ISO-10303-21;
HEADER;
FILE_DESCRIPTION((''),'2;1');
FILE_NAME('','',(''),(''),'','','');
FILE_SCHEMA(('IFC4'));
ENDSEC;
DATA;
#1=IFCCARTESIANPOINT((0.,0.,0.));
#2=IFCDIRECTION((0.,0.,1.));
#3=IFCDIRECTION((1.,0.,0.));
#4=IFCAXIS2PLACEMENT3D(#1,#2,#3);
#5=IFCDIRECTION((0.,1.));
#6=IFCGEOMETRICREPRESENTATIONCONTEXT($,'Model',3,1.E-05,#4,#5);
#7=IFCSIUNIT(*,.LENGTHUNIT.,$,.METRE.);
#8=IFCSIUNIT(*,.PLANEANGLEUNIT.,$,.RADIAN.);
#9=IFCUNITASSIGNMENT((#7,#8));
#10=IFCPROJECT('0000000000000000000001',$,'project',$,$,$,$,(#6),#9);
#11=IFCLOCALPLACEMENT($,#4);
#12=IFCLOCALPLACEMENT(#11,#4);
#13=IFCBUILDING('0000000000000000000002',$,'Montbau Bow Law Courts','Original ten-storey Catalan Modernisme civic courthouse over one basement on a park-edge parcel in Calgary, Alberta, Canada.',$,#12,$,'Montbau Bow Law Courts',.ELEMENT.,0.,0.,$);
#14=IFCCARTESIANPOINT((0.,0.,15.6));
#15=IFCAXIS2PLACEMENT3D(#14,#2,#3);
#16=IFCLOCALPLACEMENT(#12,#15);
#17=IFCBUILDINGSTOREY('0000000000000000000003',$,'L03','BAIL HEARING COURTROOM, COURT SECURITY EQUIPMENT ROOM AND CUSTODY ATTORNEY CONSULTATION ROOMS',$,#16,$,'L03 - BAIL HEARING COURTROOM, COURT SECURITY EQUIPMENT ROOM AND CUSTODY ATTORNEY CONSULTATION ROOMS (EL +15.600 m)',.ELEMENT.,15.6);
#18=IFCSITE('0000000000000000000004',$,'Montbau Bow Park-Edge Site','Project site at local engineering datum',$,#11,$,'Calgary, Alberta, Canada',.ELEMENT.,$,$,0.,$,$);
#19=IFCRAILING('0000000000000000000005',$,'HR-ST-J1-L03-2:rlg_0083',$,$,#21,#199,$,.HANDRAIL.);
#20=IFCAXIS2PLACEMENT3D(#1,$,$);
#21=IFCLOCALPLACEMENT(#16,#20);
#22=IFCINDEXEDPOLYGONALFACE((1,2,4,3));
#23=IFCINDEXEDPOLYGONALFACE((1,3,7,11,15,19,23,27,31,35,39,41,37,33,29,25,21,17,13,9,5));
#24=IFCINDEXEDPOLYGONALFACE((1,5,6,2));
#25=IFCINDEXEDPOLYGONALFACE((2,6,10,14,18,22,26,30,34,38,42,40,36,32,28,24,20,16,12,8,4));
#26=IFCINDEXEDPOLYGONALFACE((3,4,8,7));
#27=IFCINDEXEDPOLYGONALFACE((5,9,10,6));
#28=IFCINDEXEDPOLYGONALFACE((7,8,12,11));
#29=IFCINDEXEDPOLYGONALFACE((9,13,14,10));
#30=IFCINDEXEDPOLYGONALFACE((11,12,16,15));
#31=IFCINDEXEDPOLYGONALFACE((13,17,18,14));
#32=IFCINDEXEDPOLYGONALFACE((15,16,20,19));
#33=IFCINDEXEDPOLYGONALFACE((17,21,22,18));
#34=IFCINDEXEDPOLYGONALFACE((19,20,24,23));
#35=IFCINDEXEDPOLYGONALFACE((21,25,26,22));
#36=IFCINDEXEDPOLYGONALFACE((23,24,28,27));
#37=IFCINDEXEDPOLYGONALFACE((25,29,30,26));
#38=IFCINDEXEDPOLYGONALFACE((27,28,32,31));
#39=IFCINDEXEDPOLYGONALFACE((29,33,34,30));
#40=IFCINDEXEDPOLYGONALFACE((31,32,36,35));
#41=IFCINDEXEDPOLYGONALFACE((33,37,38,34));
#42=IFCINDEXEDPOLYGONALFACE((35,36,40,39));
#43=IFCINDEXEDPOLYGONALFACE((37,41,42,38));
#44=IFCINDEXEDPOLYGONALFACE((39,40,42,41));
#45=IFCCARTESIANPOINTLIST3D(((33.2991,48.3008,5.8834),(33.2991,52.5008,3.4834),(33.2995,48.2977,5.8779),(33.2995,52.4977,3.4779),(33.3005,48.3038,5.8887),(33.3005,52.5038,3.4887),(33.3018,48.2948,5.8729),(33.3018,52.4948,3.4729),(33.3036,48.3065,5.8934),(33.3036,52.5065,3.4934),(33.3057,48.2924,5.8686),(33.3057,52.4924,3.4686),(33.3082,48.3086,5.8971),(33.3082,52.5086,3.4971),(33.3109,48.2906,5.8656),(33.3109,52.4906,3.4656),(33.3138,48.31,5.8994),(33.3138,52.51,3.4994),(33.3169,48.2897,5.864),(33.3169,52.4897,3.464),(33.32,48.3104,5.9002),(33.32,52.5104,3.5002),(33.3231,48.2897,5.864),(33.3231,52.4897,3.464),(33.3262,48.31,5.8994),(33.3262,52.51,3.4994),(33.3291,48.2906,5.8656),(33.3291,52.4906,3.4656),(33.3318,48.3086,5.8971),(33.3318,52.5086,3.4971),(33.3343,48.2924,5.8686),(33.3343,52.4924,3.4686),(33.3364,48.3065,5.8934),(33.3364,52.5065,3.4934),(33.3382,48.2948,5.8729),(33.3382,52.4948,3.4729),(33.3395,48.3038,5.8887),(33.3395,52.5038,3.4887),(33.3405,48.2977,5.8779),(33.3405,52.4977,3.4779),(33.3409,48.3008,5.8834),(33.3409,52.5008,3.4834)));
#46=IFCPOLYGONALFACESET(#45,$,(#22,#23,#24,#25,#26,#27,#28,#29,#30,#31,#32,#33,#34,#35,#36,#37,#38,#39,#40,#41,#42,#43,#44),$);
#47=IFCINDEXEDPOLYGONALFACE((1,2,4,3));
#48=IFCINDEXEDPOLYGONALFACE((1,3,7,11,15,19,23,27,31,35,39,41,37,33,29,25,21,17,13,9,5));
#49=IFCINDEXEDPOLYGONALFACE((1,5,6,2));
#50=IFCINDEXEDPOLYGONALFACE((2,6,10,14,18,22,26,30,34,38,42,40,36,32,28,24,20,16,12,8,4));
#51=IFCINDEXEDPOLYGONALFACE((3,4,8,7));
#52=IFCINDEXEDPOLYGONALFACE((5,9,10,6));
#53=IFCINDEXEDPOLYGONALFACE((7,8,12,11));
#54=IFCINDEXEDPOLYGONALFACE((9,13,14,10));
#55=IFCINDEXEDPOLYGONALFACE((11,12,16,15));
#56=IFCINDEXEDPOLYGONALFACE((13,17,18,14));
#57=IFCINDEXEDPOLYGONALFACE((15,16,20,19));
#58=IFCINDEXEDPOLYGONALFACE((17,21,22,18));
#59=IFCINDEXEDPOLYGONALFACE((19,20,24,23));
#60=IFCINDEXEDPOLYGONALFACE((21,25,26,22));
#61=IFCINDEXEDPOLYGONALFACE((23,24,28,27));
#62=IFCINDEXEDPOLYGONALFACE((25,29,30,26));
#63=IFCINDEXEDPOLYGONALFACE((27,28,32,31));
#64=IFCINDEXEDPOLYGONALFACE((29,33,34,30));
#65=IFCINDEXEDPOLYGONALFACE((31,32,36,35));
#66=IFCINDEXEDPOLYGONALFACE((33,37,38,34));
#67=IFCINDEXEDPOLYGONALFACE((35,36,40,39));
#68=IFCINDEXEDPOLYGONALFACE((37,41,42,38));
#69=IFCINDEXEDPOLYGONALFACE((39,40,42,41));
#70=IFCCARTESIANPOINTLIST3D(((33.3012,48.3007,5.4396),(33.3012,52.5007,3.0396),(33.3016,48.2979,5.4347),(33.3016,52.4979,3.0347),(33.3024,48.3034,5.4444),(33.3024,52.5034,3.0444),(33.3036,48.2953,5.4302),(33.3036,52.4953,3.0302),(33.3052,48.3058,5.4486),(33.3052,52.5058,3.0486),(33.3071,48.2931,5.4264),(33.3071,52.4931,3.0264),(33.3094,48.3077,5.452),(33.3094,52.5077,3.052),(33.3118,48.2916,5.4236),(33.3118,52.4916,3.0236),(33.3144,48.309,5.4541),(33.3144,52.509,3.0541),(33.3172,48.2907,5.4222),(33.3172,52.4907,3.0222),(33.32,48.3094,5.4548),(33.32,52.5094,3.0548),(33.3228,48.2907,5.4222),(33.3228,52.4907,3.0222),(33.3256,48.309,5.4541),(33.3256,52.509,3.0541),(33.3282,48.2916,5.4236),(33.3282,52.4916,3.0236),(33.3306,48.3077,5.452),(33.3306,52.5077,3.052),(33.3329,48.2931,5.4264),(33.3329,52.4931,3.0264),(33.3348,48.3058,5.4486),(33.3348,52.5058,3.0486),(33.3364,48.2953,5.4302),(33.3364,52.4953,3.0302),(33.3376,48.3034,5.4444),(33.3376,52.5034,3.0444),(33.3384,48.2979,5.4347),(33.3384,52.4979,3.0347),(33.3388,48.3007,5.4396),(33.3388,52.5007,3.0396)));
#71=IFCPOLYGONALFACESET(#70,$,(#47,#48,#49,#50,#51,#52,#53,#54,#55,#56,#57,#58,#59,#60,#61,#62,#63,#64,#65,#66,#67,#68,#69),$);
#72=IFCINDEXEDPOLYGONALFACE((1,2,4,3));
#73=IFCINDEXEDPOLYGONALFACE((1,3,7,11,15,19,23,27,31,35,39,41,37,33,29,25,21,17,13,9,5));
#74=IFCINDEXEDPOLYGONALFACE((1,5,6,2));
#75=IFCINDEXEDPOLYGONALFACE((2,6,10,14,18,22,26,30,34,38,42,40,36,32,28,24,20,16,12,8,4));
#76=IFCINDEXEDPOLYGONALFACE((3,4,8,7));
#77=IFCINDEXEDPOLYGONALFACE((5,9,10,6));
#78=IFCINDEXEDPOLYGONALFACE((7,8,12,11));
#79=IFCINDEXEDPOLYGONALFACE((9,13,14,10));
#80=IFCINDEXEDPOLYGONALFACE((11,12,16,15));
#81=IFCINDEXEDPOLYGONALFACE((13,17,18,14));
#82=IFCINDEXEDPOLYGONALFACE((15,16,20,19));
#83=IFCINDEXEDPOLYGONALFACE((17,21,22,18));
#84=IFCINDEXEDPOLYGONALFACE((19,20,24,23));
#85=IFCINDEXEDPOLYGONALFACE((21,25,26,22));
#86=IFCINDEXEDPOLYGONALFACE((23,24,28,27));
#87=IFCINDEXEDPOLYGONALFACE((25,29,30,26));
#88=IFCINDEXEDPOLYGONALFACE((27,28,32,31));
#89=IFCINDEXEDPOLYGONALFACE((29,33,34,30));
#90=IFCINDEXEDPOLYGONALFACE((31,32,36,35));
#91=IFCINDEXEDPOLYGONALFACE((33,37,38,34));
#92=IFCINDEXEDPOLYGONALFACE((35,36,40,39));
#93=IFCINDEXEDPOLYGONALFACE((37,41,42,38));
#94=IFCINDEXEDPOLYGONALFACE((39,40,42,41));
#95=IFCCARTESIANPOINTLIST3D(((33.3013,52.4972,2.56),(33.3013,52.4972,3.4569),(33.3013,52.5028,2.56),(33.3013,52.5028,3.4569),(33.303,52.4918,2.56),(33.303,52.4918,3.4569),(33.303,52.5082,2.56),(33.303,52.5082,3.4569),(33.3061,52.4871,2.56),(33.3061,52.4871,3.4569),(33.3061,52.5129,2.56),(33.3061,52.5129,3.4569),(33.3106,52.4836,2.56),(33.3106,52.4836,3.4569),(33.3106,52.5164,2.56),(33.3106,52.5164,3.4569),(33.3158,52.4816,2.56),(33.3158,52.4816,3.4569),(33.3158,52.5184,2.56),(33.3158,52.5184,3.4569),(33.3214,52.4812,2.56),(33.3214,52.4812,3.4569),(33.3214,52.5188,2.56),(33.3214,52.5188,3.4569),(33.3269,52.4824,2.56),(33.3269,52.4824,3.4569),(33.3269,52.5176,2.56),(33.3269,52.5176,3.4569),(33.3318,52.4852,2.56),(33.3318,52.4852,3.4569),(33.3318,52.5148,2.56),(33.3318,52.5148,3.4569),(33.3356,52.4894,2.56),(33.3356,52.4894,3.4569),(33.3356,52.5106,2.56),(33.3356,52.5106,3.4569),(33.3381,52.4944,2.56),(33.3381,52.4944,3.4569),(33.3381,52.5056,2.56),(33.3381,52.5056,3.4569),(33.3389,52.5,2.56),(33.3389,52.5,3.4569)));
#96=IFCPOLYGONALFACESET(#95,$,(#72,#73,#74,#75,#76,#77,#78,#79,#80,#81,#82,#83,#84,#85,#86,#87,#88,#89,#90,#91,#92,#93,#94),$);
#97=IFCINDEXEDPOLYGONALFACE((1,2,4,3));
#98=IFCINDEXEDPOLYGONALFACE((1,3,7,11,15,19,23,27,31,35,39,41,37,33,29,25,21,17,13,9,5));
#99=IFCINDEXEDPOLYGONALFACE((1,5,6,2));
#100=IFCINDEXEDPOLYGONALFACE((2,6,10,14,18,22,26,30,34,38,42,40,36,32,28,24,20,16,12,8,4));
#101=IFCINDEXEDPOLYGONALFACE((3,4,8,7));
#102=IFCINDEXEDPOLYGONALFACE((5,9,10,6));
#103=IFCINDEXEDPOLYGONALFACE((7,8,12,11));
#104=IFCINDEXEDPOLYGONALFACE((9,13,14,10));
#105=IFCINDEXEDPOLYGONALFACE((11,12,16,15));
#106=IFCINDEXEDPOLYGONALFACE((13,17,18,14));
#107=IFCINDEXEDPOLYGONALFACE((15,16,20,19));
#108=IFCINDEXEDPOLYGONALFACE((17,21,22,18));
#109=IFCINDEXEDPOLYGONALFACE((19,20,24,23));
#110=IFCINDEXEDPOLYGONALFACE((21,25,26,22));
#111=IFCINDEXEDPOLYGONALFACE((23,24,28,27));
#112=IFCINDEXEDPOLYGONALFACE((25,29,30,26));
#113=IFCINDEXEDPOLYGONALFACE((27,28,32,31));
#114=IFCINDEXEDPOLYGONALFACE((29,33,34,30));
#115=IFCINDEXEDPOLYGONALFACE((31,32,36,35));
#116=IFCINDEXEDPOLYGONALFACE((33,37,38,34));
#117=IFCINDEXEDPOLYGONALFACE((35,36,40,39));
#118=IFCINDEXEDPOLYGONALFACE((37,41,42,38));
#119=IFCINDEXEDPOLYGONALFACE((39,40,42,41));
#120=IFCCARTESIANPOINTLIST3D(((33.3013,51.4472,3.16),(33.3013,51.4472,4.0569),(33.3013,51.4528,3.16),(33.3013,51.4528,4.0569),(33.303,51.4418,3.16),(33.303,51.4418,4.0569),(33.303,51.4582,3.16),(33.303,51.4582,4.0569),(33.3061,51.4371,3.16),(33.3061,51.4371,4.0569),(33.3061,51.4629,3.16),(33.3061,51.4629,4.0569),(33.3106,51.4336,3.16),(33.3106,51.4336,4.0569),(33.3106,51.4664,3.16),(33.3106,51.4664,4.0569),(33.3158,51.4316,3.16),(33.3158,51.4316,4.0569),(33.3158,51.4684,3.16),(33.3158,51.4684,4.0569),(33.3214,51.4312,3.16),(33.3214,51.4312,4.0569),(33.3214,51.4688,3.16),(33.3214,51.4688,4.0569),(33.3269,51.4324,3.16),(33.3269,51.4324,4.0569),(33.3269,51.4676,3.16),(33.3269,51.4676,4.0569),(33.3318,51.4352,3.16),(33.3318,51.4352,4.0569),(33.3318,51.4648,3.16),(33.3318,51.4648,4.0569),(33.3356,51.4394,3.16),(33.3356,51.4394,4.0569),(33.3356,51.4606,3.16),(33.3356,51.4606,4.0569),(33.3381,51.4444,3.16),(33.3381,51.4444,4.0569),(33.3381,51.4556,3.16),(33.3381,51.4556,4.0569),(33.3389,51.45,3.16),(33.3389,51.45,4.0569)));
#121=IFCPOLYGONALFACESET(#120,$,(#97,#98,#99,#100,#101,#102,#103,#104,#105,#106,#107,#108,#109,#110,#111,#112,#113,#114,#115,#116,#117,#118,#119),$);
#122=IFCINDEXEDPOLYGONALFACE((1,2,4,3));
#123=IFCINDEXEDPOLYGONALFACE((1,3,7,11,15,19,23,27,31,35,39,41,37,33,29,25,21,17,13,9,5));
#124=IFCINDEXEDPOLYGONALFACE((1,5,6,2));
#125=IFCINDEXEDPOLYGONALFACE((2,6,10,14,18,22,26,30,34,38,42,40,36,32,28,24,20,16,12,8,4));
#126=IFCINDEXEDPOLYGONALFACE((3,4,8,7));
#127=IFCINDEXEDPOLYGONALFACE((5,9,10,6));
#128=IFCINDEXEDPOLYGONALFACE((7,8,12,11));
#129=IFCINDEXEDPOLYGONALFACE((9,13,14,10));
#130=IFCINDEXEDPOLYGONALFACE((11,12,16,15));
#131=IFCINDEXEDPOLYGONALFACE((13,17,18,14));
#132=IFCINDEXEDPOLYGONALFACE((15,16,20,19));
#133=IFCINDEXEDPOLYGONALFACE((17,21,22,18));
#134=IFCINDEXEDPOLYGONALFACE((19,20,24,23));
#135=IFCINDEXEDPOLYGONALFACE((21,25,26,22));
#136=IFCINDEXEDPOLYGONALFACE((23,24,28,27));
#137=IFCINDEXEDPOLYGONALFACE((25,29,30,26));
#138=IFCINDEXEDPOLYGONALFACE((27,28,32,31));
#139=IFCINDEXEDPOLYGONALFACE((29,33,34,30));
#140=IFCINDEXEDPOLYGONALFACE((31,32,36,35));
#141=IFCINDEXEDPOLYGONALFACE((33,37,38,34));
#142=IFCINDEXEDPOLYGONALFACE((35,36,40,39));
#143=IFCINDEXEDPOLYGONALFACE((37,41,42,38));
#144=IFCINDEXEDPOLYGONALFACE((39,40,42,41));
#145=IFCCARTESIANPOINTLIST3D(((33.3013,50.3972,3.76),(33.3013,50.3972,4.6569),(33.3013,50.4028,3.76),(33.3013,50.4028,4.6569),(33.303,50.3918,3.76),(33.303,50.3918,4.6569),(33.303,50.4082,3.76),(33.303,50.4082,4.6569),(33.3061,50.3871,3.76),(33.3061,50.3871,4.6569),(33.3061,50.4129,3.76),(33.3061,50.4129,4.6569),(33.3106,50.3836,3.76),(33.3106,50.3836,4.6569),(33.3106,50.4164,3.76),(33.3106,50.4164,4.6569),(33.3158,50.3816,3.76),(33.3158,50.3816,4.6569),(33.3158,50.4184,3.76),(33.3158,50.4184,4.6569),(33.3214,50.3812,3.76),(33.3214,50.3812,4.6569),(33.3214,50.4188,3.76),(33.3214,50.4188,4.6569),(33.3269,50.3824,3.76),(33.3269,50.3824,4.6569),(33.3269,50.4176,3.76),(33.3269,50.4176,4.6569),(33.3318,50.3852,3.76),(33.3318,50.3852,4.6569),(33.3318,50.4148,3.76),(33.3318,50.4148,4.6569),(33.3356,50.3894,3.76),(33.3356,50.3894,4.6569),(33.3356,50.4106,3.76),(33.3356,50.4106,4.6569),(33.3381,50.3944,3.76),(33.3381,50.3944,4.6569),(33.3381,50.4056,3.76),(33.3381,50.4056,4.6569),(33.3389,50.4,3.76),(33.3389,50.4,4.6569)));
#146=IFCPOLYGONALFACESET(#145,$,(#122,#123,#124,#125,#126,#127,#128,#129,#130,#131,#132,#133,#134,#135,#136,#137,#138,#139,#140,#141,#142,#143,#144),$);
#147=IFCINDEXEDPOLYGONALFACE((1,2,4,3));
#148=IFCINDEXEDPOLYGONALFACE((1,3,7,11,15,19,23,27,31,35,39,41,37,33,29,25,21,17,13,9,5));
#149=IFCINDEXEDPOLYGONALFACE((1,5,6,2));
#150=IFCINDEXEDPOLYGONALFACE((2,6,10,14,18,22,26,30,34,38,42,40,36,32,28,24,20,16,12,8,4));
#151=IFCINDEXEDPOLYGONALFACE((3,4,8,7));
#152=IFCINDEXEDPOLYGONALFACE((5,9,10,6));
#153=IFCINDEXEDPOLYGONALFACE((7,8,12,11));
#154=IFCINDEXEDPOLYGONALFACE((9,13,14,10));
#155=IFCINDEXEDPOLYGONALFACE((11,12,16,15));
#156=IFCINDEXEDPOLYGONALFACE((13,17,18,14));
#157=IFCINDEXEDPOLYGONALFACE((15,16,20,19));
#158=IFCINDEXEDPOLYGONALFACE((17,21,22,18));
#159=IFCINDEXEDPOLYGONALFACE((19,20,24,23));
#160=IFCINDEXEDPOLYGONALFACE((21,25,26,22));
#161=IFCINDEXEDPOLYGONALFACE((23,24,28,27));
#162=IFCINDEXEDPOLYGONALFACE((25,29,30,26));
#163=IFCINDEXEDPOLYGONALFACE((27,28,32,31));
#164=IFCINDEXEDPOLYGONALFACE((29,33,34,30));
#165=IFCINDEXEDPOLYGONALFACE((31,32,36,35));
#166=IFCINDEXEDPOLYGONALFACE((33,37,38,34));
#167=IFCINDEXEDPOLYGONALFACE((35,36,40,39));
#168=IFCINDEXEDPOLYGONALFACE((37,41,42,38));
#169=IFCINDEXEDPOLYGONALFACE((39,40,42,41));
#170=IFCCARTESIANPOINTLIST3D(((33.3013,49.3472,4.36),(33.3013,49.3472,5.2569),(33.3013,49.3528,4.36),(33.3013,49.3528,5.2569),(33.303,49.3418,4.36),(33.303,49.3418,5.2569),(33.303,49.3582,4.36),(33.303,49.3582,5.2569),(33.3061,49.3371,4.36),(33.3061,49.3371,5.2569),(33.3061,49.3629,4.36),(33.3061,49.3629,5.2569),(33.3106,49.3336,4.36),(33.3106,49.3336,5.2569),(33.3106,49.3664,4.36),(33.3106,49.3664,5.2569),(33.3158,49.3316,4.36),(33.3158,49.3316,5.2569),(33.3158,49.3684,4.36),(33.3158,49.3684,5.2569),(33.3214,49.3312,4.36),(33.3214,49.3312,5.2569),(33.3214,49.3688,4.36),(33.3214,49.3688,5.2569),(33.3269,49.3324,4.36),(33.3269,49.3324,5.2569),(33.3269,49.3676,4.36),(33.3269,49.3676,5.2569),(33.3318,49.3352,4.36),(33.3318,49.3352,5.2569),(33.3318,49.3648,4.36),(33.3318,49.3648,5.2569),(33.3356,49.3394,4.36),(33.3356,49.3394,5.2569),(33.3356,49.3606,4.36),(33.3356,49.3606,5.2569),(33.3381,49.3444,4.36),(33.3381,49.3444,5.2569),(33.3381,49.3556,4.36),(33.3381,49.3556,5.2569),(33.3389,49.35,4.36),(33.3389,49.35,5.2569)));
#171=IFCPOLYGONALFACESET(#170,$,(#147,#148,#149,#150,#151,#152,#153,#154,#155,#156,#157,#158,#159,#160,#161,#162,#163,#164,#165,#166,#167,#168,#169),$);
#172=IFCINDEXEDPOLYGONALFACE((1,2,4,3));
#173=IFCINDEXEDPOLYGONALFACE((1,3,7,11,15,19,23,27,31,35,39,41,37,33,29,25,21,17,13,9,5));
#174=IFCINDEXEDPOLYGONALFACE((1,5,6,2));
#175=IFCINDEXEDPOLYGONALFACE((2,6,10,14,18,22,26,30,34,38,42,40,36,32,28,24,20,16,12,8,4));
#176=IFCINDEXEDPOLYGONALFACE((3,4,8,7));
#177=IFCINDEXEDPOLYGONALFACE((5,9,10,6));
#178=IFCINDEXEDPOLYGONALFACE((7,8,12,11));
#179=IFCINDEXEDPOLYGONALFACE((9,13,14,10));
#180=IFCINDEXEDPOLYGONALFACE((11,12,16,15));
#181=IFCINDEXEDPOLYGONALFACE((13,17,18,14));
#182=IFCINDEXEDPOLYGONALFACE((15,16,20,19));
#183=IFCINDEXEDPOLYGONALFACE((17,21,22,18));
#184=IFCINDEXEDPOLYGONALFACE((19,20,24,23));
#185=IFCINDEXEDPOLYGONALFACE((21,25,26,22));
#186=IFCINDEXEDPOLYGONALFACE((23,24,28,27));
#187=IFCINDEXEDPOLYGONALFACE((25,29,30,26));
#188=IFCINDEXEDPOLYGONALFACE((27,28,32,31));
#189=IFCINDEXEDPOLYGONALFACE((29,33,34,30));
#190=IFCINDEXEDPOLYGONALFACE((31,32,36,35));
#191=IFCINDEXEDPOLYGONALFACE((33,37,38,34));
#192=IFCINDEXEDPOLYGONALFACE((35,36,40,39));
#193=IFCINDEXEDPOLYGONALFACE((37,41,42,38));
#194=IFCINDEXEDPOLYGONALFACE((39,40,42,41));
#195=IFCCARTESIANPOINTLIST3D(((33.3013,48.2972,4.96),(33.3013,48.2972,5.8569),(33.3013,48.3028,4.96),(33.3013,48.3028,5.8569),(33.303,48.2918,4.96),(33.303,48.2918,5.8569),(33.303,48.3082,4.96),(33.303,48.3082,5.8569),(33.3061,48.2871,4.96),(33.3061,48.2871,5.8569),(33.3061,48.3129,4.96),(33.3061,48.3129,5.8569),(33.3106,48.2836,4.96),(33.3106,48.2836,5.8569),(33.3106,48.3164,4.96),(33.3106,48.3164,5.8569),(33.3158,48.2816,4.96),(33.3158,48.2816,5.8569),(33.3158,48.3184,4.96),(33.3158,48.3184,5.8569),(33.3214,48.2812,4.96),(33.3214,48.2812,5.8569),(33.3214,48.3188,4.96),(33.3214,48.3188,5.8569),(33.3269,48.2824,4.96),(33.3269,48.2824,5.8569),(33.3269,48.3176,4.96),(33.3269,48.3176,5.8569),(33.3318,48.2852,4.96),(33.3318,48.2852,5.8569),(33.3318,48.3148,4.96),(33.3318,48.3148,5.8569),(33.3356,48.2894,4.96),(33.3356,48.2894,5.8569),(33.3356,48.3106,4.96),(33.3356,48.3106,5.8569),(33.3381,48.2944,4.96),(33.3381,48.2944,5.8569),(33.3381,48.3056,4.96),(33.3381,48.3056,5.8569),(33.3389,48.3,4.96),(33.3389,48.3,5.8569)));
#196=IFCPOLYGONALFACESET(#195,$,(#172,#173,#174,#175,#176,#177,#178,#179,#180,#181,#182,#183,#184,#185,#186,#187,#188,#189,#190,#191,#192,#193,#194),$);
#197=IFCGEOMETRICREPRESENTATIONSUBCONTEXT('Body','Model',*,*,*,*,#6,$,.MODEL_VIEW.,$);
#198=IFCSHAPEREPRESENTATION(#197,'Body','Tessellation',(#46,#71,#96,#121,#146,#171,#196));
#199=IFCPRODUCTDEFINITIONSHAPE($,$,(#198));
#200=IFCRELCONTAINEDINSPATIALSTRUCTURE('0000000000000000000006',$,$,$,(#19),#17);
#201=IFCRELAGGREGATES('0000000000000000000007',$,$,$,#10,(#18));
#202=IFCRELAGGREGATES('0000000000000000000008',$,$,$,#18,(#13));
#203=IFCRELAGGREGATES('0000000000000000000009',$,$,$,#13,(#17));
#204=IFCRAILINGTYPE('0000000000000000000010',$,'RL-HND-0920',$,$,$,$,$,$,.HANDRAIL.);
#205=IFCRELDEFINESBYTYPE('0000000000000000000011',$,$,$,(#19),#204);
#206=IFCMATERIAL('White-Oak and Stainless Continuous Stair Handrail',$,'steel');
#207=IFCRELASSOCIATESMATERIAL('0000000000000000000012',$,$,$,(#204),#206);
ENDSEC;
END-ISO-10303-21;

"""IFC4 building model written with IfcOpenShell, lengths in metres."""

from ifc_helpers import new_model, si_unit, direction, frame, origin_with_axes, origin_2d_with_axis, place, context, subcontext, project, spatial, circle, extrude, material, type_object, element, save


model = new_model("IFC4")

# Units and contexts
model_context = context("Model", 3, precision=1e-05, world=origin_with_axes(), true_north=direction((0.0, 1.0)))
body_context = subcontext(model_context, "Body", "Model", "MODEL_VIEW")
ifc_project = project(units=[si_unit("LENGTHUNIT", "METRE"), si_unit("PLANEANGLEUNIT", "RADIAN")], contexts=[model_context])

# Site, building, storey
site_placement = place(None, origin_with_axes())
site = spatial("IfcSite", under=ifc_project, at=site_placement, Name="Montbau Bow Park-Edge Site", Description="Project site at local engineering datum", LongName="Calgary, Alberta, Canada", CompositionType="ELEMENT", RefElevation=0.0)
building_placement = place(site_placement, origin_with_axes())
building = spatial("IfcBuilding", under=site, at=building_placement, Name="Montbau Bow Law Courts", Description="Original ten-storey Catalan Modernisme civic courthouse over one basement on a park-edge parcel in Calgary, Alberta, Canada.", LongName="Montbau Bow Law Courts", CompositionType="ELEMENT", ElevationOfRefHeight=0.0, ElevationOfTerrain=0.0)
storey_placement = place(building_placement, frame((0.0, 0.0, 15.6), z_axis=(0.0, 0.0, 1.0), x_axis=(1.0, 0.0, 0.0)))
storey = spatial("IfcBuildingStorey", under=building, at=storey_placement, Name="L03", Description="BAIL HEARING COURTROOM, COURT SECURITY EQUIPMENT ROOM AND CUSTODY ATTORNEY CONSULTATION ROOMS", LongName="L03 - BAIL HEARING COURTROOM, COURT SECURITY EQUIPMENT ROOM AND CUSTODY ATTORNEY CONSULTATION ROOMS (EL +15.600 m)", CompositionType="ELEMENT", Elevation=15.6)

# Railing
ifc_material_1 = material(Name="White-Oak and Stainless Continuous Stair Handrail", Category="steel")
railing_type_1 = type_object("IfcRailingType", Name="RL-HND-0920", PredefinedType="HANDRAIL", material=ifc_material_1)
railing_1_placement = place(None, origin_with_axes())
element("IfcRailing", 1, at=railing_1_placement, inside=storey, type_object=railing_type_1, Name="HR-ST-J1-L03-2:rlg_0083", PredefinedType="HANDRAIL", context=body_context, shape_type="SweptSolid", body=[
    extrude(circle(Radius=0.021, at=origin_2d_with_axis()), frame((33.32, 52.5, 19.082), z_axis=(0.0, -0.868243, 0.496139), x_axis=(0.0, 0.496139, 0.868243)), (0.0, 0.0, 1.0), 4.8374),
    extrude(circle(Radius=0.0189, at=origin_2d_with_axis()), frame((33.32, 52.5, 18.6384), z_axis=(0.0, -0.868243, 0.496139), x_axis=(0.0, 0.496139, 0.868243)), (0.0, 0.0, 1.0), 4.8374),
    extrude(circle(Radius=0.0189, at=origin_2d_with_axis()), frame((33.32, 52.5, 18.16), z_axis=(0.0, 0.0, 1.0), x_axis=(1.0, 0.0, 0.0)), (0.0, 0.0, 1.0), 0.8969),
    extrude(circle(Radius=0.0189, at=origin_2d_with_axis()), frame((33.32, 51.45, 18.76), z_axis=(0.0, 0.0, 1.0), x_axis=(1.0, 0.0, 0.0)), (0.0, 0.0, 1.0), 0.8969),
    extrude(circle(Radius=0.0189, at=origin_2d_with_axis()), frame((33.32, 50.4, 19.36), z_axis=(0.0, 0.0, 1.0), x_axis=(1.0, 0.0, 0.0)), (0.0, 0.0, 1.0), 0.8969),
    extrude(circle(Radius=0.0189, at=origin_2d_with_axis()), frame((33.32, 49.35, 19.96), z_axis=(0.0, 0.0, 1.0), x_axis=(1.0, 0.0, 0.0)), (0.0, 0.0, 1.0), 0.8969),
    extrude(circle(Radius=0.0189, at=origin_2d_with_axis()), frame((33.32, 48.3, 20.56), z_axis=(0.0, 0.0, 1.0), x_axis=(1.0, 0.0, 0.0)), (0.0, 0.0, 1.0), 0.8969),
])

save(model, "model.ifc")
